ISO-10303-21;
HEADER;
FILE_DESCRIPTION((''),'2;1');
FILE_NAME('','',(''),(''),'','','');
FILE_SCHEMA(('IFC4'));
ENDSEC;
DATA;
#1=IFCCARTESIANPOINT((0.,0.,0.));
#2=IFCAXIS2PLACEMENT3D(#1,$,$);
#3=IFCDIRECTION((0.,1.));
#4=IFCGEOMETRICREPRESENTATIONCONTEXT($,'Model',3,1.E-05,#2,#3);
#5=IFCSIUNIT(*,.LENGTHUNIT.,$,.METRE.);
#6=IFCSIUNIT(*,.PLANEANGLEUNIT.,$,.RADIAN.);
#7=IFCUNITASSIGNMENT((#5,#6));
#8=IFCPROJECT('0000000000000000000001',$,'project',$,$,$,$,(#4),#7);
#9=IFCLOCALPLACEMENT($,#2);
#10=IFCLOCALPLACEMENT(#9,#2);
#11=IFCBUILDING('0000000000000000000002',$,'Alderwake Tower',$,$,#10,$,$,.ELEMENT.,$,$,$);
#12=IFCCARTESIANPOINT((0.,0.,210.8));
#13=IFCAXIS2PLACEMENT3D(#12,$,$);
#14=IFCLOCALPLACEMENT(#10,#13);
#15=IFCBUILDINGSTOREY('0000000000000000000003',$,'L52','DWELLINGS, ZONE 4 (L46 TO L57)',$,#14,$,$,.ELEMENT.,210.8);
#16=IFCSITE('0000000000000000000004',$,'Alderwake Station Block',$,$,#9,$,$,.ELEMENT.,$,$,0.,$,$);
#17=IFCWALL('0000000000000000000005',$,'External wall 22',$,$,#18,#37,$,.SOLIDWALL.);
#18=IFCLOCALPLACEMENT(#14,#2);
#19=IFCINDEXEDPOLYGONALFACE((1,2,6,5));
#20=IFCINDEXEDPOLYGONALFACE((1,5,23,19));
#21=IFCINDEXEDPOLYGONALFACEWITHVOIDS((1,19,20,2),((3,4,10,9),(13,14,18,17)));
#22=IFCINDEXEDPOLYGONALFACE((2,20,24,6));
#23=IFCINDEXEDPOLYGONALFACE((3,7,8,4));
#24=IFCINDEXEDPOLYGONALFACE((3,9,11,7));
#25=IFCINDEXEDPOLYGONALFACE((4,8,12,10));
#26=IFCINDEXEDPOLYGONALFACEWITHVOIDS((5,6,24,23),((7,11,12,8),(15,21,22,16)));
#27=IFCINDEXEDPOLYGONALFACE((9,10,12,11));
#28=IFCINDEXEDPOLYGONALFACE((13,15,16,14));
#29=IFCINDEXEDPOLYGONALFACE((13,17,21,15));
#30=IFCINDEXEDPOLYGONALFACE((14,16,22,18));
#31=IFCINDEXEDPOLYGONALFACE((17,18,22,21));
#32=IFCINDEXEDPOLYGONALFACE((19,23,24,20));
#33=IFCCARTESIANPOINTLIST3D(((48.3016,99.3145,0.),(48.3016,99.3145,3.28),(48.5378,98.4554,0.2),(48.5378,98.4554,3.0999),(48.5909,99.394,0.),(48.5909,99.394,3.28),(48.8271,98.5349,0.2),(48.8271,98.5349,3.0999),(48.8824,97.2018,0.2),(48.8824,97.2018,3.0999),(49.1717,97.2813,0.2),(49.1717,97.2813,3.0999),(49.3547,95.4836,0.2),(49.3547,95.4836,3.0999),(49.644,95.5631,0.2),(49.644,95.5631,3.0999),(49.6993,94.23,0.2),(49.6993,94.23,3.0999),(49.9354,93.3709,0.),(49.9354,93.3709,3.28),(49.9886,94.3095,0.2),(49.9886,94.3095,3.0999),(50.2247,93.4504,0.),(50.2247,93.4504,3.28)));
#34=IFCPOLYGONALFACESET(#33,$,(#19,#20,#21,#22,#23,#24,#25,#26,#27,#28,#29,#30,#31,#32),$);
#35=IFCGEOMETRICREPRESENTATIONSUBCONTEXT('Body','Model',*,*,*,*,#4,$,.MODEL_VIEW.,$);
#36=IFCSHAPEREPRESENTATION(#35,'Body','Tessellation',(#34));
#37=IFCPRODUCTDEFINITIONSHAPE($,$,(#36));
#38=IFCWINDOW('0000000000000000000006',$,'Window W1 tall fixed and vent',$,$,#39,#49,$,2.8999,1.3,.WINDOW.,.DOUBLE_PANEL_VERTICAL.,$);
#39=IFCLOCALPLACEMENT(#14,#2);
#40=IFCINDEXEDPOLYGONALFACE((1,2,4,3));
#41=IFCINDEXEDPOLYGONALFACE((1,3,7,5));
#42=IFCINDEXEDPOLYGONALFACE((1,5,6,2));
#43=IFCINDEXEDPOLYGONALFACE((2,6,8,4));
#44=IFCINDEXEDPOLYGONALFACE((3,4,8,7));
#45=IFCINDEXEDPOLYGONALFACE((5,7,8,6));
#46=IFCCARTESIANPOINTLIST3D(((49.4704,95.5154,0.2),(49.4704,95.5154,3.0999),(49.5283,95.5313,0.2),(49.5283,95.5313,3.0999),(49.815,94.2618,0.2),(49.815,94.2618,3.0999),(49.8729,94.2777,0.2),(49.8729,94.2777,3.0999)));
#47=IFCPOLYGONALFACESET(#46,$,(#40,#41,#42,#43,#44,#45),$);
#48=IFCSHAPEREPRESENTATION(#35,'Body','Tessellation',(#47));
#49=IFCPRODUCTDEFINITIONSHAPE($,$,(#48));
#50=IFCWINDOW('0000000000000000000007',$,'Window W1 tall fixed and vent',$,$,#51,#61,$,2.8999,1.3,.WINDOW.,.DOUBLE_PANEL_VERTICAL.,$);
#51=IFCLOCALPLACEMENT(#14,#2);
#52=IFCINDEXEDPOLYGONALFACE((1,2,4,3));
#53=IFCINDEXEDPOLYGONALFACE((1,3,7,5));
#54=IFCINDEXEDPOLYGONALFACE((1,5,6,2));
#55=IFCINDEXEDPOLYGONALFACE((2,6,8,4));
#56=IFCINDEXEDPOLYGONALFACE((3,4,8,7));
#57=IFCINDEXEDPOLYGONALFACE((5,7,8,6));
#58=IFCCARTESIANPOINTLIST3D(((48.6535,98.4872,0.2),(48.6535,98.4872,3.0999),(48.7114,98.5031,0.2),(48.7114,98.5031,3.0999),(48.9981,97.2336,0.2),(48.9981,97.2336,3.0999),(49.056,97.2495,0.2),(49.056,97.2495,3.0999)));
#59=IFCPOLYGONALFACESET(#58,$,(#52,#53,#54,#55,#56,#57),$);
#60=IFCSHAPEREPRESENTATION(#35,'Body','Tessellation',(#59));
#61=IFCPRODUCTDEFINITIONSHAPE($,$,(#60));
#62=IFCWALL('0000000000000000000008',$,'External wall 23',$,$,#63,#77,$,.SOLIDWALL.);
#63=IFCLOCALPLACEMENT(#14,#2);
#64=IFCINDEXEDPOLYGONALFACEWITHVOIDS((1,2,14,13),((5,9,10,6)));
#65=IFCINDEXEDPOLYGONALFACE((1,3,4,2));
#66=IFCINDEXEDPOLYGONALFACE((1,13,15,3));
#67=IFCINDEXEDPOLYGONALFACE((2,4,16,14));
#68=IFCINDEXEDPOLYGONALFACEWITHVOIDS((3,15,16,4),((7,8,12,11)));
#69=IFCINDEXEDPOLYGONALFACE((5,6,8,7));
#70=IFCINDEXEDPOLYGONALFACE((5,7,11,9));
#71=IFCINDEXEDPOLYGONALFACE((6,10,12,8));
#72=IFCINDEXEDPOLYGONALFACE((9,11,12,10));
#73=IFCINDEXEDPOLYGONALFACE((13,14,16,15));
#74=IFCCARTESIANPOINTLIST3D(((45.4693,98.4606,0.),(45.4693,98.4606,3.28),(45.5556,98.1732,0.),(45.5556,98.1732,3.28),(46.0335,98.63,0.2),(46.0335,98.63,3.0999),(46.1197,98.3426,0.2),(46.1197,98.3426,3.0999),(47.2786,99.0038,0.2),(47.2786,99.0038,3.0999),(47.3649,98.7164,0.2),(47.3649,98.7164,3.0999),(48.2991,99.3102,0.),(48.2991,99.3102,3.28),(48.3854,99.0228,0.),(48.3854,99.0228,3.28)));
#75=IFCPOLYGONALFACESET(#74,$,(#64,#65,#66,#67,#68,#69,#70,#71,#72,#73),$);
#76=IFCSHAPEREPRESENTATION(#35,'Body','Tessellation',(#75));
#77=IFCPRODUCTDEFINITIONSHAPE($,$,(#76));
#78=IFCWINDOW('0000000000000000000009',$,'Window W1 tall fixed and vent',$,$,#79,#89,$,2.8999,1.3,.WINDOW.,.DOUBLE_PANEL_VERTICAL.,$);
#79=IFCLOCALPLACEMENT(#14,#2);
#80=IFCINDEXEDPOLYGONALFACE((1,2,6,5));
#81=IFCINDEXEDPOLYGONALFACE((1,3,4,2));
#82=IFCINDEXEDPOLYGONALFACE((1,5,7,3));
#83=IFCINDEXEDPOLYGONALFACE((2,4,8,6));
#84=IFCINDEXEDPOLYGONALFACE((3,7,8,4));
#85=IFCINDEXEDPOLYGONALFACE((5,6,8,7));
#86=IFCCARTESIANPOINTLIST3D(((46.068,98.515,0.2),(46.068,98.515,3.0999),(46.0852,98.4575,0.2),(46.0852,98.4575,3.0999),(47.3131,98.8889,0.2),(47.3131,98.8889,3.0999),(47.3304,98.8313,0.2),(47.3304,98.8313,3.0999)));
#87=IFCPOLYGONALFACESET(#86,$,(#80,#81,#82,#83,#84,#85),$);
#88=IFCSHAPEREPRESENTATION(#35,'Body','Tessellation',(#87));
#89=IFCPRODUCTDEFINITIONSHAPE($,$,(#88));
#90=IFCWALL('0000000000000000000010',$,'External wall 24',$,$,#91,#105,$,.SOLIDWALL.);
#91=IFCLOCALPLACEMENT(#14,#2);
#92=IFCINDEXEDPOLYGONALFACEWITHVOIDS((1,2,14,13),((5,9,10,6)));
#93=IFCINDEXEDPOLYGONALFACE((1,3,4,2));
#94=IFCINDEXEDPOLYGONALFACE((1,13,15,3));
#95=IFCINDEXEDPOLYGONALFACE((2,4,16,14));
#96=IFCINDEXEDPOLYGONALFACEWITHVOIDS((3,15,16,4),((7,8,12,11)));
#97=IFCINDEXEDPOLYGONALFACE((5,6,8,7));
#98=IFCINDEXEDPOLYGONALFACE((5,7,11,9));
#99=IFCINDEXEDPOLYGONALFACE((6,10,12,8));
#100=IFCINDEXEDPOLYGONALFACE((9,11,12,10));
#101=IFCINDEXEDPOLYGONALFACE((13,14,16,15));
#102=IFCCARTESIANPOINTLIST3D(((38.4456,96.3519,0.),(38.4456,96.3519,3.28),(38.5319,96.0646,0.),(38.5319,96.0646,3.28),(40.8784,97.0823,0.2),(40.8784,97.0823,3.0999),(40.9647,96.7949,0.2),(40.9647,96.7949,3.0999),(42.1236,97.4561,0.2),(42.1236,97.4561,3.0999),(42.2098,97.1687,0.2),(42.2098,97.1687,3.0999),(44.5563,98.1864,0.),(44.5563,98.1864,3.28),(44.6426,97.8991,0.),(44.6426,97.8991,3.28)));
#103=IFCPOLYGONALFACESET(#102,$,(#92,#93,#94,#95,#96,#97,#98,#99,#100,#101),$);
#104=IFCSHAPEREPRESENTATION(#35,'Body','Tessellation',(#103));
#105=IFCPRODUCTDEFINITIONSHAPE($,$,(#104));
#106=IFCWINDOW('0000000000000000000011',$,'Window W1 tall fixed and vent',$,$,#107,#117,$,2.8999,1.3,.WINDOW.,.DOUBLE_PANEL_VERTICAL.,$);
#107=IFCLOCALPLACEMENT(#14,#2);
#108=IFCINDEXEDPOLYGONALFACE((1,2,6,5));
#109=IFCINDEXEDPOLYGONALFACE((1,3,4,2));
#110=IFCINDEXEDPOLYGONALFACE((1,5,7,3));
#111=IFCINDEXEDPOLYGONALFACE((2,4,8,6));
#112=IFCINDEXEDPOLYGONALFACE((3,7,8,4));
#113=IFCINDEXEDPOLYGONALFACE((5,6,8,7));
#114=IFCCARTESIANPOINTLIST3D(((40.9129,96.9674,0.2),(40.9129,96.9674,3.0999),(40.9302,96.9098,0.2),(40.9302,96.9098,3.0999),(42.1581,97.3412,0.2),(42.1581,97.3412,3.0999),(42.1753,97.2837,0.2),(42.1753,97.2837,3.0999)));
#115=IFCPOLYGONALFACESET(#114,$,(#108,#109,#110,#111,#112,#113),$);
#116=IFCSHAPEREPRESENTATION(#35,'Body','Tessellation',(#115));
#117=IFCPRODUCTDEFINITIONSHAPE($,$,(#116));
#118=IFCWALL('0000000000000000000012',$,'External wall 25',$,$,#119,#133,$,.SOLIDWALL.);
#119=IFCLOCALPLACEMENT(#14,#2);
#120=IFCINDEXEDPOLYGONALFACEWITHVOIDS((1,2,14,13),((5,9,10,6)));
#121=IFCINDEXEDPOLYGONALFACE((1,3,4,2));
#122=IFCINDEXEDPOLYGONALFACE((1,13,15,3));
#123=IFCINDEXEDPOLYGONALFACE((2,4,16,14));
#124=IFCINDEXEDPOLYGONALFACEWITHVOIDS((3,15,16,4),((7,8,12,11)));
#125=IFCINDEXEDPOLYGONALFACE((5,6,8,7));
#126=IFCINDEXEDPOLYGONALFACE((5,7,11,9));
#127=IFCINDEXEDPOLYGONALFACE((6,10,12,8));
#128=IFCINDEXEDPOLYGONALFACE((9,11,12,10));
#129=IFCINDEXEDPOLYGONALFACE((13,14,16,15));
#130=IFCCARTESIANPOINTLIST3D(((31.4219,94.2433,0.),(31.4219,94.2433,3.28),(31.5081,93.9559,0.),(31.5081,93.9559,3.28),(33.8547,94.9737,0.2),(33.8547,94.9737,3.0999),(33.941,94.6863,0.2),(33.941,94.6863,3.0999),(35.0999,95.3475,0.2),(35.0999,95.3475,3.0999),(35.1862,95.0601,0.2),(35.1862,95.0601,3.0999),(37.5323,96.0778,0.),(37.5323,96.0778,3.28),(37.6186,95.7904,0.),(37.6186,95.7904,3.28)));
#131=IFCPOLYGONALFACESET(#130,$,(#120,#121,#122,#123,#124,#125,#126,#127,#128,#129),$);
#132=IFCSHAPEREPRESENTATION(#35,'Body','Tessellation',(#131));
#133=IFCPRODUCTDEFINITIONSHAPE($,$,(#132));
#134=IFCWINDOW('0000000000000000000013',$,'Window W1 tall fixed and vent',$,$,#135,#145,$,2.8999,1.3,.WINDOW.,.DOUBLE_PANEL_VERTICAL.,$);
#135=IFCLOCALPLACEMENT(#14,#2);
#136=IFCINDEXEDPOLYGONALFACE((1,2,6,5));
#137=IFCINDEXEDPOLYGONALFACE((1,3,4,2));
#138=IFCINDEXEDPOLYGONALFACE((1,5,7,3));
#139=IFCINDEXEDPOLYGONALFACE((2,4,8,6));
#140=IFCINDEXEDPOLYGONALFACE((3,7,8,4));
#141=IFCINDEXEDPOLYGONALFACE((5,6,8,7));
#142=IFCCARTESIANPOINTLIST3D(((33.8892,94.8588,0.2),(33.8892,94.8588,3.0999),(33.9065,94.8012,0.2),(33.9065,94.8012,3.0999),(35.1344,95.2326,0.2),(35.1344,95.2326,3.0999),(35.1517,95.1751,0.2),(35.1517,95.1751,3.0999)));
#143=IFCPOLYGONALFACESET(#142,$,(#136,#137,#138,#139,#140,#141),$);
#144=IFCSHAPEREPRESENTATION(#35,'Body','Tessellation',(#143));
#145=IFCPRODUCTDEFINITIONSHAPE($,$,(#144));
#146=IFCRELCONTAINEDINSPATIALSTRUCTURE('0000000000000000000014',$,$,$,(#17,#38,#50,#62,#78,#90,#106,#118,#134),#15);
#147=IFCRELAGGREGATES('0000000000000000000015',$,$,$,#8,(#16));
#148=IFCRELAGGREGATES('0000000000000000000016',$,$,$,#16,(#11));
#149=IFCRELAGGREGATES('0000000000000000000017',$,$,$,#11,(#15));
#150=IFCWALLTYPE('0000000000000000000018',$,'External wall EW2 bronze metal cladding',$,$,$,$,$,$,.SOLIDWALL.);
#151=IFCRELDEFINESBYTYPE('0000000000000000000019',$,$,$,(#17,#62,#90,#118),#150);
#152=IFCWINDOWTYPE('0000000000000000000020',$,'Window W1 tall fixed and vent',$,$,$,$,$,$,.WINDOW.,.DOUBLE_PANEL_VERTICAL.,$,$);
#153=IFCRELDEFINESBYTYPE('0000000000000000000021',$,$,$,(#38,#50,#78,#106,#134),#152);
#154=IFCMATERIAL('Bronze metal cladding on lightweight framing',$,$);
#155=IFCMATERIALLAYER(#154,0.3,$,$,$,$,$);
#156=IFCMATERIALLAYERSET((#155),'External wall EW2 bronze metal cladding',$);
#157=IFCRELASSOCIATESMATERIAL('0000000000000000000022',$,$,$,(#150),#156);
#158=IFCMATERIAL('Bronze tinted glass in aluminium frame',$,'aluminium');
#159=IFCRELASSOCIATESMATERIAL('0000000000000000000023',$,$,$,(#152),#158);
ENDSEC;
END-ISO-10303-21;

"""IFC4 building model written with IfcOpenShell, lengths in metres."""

from ifc_helpers import new_model, si_unit, direction, frame, frame_2d, origin, place, context, subcontext, project, spatial, rectangle, extrude, material, layer, layer_set, type_object, element, fill, save


model = new_model("IFC4")

# Units and contexts
model_context = context("Model", 3, precision=1e-05, world=origin(), true_north=direction((0.0, 1.0)))
body_context = subcontext(model_context, "Body", "Model", "MODEL_VIEW")
ifc_project = project(units=[si_unit("LENGTHUNIT", "METRE"), si_unit("PLANEANGLEUNIT", "RADIAN")], contexts=[model_context])

# Site, building, storey
site_placement = place(None, origin())
site = spatial("IfcSite", under=ifc_project, at=site_placement, Name="Alderwake Station Block", CompositionType="ELEMENT", RefElevation=0.0)
building_placement = place(site_placement, origin())
building = spatial("IfcBuilding", under=site, at=building_placement, Name="Alderwake Tower", CompositionType="ELEMENT")
storey_placement = place(building_placement, frame((0.0, 0.0, 210.8)))
storey = spatial("IfcBuildingStorey", under=building, at=storey_placement, Name="L52", Description="DWELLINGS, ZONE 4 (L46 TO L57)", CompositionType="ELEMENT", Elevation=210.8)

# Wall, openings, windows
ifc_material_1 = material(Name="Bronze metal cladding on lightweight framing")
ifc_layer_1 = layer(ifc_material_1, 0.3)
ifc_layer_set_1 = layer_set([ifc_layer_1], Name="External wall EW2 bronze metal cladding")
wall_type_1 = type_object("IfcWallType", Name="External wall EW2 bronze metal cladding", PredefinedType="SOLIDWALL", material=ifc_layer_set_1)
wall_1_placement = place(storey_placement, frame((50.0801, 93.4106, 0.0), z_axis=(0.0, 0.0, 1.0), x_axis=(-0.265051, 0.964234, 0.0)))
wall_1 = element("IfcWall", 1, at=wall_1_placement, inside=storey, type_object=wall_type_1, Name="External wall 22", PredefinedType="SOLIDWALL", context=body_context, shape_type="SweptSolid", body=[
    extrude(rectangle(XDim=6.1641, YDim=0.3, at=frame_2d((3.082, 0.0))), origin(), (0.0, 0.0, 1.0), 3.28),
])
opening_1_placement = place(wall_1_placement, frame((0.8911, 0.0, 0.2)))
opening_1 = element("IfcOpeningElement", 2, at=opening_1_placement, cuts=wall_1, PredefinedType="OPENING", context=body_context, shape_type="SweptSolid", body=[
    extrude(rectangle(XDim=1.3, YDim=2.8999, at=frame_2d((0.6499, 1.45))), frame((0.0, 0.1599, 0.0), z_axis=(0.0, -1.0, 0.0), x_axis=(1.0, 0.0, 0.0)), (0.0, 0.0, 1.0), 0.3201),
])
opening_2_placement = place(wall_1_placement, frame((3.9731, 0.0, 0.2)))
opening_2 = element("IfcOpeningElement", 3, at=opening_2_placement, cuts=wall_1, PredefinedType="OPENING", context=body_context, shape_type="SweptSolid", body=[
    extrude(rectangle(XDim=1.3, YDim=2.8999, at=frame_2d((0.6499, 1.45))), frame((0.0, 0.1599, 0.0), z_axis=(0.0, -1.0, 0.0), x_axis=(1.0, 0.0, 0.0)), (0.0, 0.0, 1.0), 0.3201),
])
ifc_material_2 = material(Name="Bronze tinted glass in aluminium frame", Category="aluminium")
window_type = type_object("IfcWindowType", Name="Window W1 tall fixed and vent", PartitioningType="DOUBLE_PANEL_VERTICAL", PredefinedType="WINDOW", material=ifc_material_2)
window_1_placement = place(opening_1_placement, origin())
window_1 = element("IfcWindow", 4, at=window_1_placement, inside=storey, type_object=window_type, Name="Window W1 tall fixed and vent", OverallHeight=2.8999, OverallWidth=1.3, PartitioningType="DOUBLE_PANEL_VERTICAL", PredefinedType="WINDOW", context=body_context, shape_type="SweptSolid", body=[
    extrude(rectangle(XDim=1.3, YDim=2.8999, at=frame_2d((0.6499, 1.45))), frame((0.0, 0.03, 0.0), z_axis=(0.0, -1.0, 0.0), x_axis=(1.0, 0.0, 0.0)), (0.0, 0.0, 1.0), 0.0601),
])
fill(opening_1, window_1)
window_2_placement = place(opening_2_placement, origin())
window_2 = element("IfcWindow", 5, at=window_2_placement, inside=storey, type_object=window_type, Name="Window W1 tall fixed and vent", OverallHeight=2.8999, OverallWidth=1.3, PartitioningType="DOUBLE_PANEL_VERTICAL", PredefinedType="WINDOW", context=body_context, shape_type="SweptSolid", body=[
    extrude(rectangle(XDim=1.3, YDim=2.8999, at=frame_2d((0.6499, 1.45))), frame((0.0, 0.03, 0.0), z_axis=(0.0, -1.0, 0.0), x_axis=(1.0, 0.0, 0.0)), (0.0, 0.0, 1.0), 0.0601),
])
fill(opening_2, window_2)

# Walls, openings, windows
wall_2_placement = place(storey_placement, frame((48.3423, 99.1665, 0.0), z_axis=(0.0, 0.0, 1.0), x_axis=(-0.957765, -0.287553, 0.0)))
wall_2 = element("IfcWall", 6, at=wall_2_placement, inside=storey, type_object=wall_type_1, Name="External wall 23", PredefinedType="SOLIDWALL", context=body_context, shape_type="SweptSolid", body=[
    extrude(rectangle(XDim=2.9546, YDim=0.3, at=frame_2d((1.4773, 0.0))), origin(), (0.0, 0.0, 1.0), 3.28),
])
opening_3_placement = place(wall_2_placement, frame((1.0657, 0.0, 0.2)))
opening_3 = element("IfcOpeningElement", 7, at=opening_3_placement, cuts=wall_2, PredefinedType="OPENING", context=body_context, shape_type="SweptSolid", body=[
    extrude(rectangle(XDim=1.3, YDim=2.8999, at=frame_2d((0.6499, 1.45))), frame((0.0, 0.1599, 0.0), z_axis=(0.0, -1.0, 0.0), x_axis=(1.0, 0.0, 0.0)), (0.0, 0.0, 1.0), 0.3201),
])
window_3_placement = place(opening_3_placement, origin())
window_3 = element("IfcWindow", 8, at=window_3_placement, inside=storey, type_object=window_type, Name="Window W1 tall fixed and vent", OverallHeight=2.8999, OverallWidth=1.3, PartitioningType="DOUBLE_PANEL_VERTICAL", PredefinedType="WINDOW", context=body_context, shape_type="SweptSolid", body=[
    extrude(rectangle(XDim=1.3, YDim=2.8999, at=frame_2d((0.6499, 1.45))), frame((0.0, 0.03, 0.0), z_axis=(0.0, -1.0, 0.0), x_axis=(1.0, 0.0, 0.0)), (0.0, 0.0, 1.0), 0.0601),
])
fill(opening_3, window_3)
wall_3_placement = place(storey_placement, frame((44.5994, 98.0427, 0.0), z_axis=(0.0, 0.0, 1.0), x_axis=(-0.95777, -0.287534, 0.0)))
wall_3 = element("IfcWall", 9, at=wall_3_placement, inside=storey, type_object=wall_type_1, Name="External wall 24", PredefinedType="SOLIDWALL", context=body_context, shape_type="SweptSolid", body=[
    extrude(rectangle(XDim=6.3801, YDim=0.3, at=frame_2d((3.1899, 0.0))), origin(), (0.0, 0.0, 1.0), 3.28),
])
opening_4_placement = place(wall_3_placement, frame((2.54, 0.0, 0.2)))
opening_4 = element("IfcOpeningElement", 10, at=opening_4_placement, cuts=wall_3, PredefinedType="OPENING", context=body_context, shape_type="SweptSolid", body=[
    extrude(rectangle(XDim=1.3, YDim=2.8999, at=frame_2d((0.6499, 1.45))), frame((0.0, 0.1599, 0.0), z_axis=(0.0, -1.0, 0.0), x_axis=(1.0, 0.0, 0.0)), (0.0, 0.0, 1.0), 0.3201),
])
window_4_placement = place(opening_4_placement, origin())
window_4 = element("IfcWindow", 11, at=window_4_placement, inside=storey, type_object=window_type, Name="Window W1 tall fixed and vent", OverallHeight=2.8999, OverallWidth=1.3, PartitioningType="DOUBLE_PANEL_VERTICAL", PredefinedType="WINDOW", context=body_context, shape_type="SweptSolid", body=[
    extrude(rectangle(XDim=1.3, YDim=2.8999, at=frame_2d((0.6499, 1.45))), frame((0.0, 0.03, 0.0), z_axis=(0.0, -1.0, 0.0), x_axis=(1.0, 0.0, 0.0)), (0.0, 0.0, 1.0), 0.0601),
])
fill(opening_4, window_4)
wall_4_placement = place(storey_placement, frame((37.5754, 95.9341, 0.0), z_axis=(0.0, 0.0, 1.0), x_axis=(-0.957767, -0.287544, 0.0)))
wall_4 = element("IfcWall", 12, at=wall_4_placement, inside=storey, type_object=wall_type_1, Name="External wall 25", PredefinedType="SOLIDWALL", context=body_context, shape_type="SweptSolid", body=[
    extrude(rectangle(XDim=6.3799, YDim=0.3, at=frame_2d((3.1899, 0.0))), origin(), (0.0, 0.0, 1.0), 3.28),
])
opening_5_placement = place(wall_4_placement, frame((2.5398, 0.0, 0.2)))
opening_5 = element("IfcOpeningElement", 13, at=opening_5_placement, cuts=wall_4, PredefinedType="OPENING", context=body_context, shape_type="SweptSolid", body=[
    extrude(rectangle(XDim=1.3, YDim=2.8999, at=frame_2d((0.6499, 1.45))), frame((0.0, 0.1599, 0.0), z_axis=(0.0, -1.0, 0.0), x_axis=(1.0, 0.0, 0.0)), (0.0, 0.0, 1.0), 0.3201),
])
window_5_placement = place(opening_5_placement, origin())
window_5 = element("IfcWindow", 14, at=window_5_placement, inside=storey, type_object=window_type, Name="Window W1 tall fixed and vent", OverallHeight=2.8999, OverallWidth=1.3, PartitioningType="DOUBLE_PANEL_VERTICAL", PredefinedType="WINDOW", context=body_context, shape_type="SweptSolid", body=[
    extrude(rectangle(XDim=1.3, YDim=2.8999, at=frame_2d((0.6499, 1.45))), frame((0.0, 0.03, 0.0), z_axis=(0.0, -1.0, 0.0), x_axis=(1.0, 0.0, 0.0)), (0.0, 0.0, 1.0), 0.0601),
])
fill(opening_5, window_5)

save(model, "model.ifc")
